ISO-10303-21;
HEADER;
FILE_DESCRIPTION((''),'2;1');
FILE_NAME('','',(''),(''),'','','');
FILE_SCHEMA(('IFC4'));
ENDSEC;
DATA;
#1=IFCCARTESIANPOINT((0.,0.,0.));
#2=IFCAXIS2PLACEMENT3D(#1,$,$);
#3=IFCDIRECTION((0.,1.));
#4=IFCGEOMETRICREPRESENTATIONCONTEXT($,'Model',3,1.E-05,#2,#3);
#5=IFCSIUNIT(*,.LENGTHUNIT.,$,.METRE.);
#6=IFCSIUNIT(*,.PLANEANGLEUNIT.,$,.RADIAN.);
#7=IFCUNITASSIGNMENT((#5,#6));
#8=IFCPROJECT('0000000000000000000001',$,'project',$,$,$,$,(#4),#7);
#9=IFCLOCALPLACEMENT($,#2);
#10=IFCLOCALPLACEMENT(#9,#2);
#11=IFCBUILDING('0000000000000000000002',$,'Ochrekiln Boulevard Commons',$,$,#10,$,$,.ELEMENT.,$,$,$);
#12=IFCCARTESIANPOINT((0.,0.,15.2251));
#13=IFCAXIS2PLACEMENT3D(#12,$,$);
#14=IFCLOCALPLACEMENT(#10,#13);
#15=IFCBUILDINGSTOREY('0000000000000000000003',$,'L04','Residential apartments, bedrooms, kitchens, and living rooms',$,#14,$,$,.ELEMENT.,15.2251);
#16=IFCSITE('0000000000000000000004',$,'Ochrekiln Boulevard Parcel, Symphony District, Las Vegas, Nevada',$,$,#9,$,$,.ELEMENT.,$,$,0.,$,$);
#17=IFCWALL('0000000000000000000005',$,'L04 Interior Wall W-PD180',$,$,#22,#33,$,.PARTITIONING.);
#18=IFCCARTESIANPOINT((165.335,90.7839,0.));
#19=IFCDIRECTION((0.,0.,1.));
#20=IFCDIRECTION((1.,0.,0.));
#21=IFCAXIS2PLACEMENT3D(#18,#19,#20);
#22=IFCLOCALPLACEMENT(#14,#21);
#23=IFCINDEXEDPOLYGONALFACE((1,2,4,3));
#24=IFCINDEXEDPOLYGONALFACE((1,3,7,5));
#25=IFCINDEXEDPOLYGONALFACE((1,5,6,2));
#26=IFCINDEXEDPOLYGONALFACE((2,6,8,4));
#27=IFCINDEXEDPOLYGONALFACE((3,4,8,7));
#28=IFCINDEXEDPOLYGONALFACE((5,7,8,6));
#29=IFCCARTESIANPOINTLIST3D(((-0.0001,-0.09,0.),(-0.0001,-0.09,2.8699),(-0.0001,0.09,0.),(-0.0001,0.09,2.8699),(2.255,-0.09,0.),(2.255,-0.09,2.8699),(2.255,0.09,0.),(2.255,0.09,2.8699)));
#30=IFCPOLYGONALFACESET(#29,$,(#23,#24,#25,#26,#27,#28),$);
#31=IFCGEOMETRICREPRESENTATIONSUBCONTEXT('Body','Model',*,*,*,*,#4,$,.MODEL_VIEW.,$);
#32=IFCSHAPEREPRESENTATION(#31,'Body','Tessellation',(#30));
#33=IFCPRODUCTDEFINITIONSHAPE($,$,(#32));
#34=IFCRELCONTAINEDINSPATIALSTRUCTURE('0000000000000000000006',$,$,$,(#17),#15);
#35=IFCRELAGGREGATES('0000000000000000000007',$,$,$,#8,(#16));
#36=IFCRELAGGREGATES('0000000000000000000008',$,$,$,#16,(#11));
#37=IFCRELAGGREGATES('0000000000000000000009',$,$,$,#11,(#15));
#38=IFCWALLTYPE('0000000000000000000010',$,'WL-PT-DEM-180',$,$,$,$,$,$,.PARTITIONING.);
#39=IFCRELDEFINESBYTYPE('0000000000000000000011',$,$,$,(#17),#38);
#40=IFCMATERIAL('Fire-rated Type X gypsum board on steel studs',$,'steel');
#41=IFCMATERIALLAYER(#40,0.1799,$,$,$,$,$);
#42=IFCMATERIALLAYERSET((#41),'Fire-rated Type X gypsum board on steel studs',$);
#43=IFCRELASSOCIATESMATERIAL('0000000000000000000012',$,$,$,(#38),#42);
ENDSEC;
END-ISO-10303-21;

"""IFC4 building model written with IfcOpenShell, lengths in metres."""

from ifc_helpers import new_model, si_unit, direction, frame, frame_2d, origin, place, context, subcontext, project, spatial, rectangle, extrude, material, layer, layer_set, type_object, element, save


model = new_model("IFC4")

# Units and contexts
model_context = context("Model", 3, precision=1e-05, world=origin(), true_north=direction((0.0, 1.0)))
body_context = subcontext(model_context, "Body", "Model", "MODEL_VIEW")
ifc_project = project(units=[si_unit("LENGTHUNIT", "METRE"), si_unit("PLANEANGLEUNIT", "RADIAN")], contexts=[model_context])

# Site, building, storey
site_placement = place(None, origin())
site = spatial("IfcSite", under=ifc_project, at=site_placement, Name="Ochrekiln Boulevard Parcel, Symphony District, Las Vegas, Nevada", CompositionType="ELEMENT", RefElevation=0.0)
building_placement = place(site_placement, origin())
building = spatial("IfcBuilding", under=site, at=building_placement, Name="Ochrekiln Boulevard Commons", CompositionType="ELEMENT")
storey_placement = place(building_placement, frame((0.0, 0.0, 15.2251)))
storey = spatial("IfcBuildingStorey", under=building, at=storey_placement, Name="L04", Description="Residential apartments, bedrooms, kitchens, and living rooms", CompositionType="ELEMENT", Elevation=15.2251)

# Wall
ifc_material_1 = material(Name="Fire-rated Type X gypsum board on steel studs", Category="steel")
ifc_layer_1 = layer(ifc_material_1, 0.1799)
ifc_layer_set_1 = layer_set([ifc_layer_1], Name="Fire-rated Type X gypsum board on steel studs")
wall_type_1 = type_object("IfcWallType", Name="WL-PT-DEM-180", PredefinedType="PARTITIONING", material=ifc_layer_set_1)
wall_1_placement = place(storey_placement, frame((165.335, 90.7839, 0.0), z_axis=(0.0, 0.0, 1.0), x_axis=(1.0, 0.0, 0.0)))
element("IfcWall", 1, at=wall_1_placement, inside=storey, type_object=wall_type_1, Name="L04 Interior Wall W-PD180", PredefinedType="PARTITIONING", context=body_context, shape_type="SweptSolid", body=[
    extrude(rectangle(XDim=2.2551, YDim=0.1799, at=frame_2d((1.1274, 0.0))), origin(), (0.0, 0.0, 1.0), 2.8699),
])

save(model, "model.ifc")
